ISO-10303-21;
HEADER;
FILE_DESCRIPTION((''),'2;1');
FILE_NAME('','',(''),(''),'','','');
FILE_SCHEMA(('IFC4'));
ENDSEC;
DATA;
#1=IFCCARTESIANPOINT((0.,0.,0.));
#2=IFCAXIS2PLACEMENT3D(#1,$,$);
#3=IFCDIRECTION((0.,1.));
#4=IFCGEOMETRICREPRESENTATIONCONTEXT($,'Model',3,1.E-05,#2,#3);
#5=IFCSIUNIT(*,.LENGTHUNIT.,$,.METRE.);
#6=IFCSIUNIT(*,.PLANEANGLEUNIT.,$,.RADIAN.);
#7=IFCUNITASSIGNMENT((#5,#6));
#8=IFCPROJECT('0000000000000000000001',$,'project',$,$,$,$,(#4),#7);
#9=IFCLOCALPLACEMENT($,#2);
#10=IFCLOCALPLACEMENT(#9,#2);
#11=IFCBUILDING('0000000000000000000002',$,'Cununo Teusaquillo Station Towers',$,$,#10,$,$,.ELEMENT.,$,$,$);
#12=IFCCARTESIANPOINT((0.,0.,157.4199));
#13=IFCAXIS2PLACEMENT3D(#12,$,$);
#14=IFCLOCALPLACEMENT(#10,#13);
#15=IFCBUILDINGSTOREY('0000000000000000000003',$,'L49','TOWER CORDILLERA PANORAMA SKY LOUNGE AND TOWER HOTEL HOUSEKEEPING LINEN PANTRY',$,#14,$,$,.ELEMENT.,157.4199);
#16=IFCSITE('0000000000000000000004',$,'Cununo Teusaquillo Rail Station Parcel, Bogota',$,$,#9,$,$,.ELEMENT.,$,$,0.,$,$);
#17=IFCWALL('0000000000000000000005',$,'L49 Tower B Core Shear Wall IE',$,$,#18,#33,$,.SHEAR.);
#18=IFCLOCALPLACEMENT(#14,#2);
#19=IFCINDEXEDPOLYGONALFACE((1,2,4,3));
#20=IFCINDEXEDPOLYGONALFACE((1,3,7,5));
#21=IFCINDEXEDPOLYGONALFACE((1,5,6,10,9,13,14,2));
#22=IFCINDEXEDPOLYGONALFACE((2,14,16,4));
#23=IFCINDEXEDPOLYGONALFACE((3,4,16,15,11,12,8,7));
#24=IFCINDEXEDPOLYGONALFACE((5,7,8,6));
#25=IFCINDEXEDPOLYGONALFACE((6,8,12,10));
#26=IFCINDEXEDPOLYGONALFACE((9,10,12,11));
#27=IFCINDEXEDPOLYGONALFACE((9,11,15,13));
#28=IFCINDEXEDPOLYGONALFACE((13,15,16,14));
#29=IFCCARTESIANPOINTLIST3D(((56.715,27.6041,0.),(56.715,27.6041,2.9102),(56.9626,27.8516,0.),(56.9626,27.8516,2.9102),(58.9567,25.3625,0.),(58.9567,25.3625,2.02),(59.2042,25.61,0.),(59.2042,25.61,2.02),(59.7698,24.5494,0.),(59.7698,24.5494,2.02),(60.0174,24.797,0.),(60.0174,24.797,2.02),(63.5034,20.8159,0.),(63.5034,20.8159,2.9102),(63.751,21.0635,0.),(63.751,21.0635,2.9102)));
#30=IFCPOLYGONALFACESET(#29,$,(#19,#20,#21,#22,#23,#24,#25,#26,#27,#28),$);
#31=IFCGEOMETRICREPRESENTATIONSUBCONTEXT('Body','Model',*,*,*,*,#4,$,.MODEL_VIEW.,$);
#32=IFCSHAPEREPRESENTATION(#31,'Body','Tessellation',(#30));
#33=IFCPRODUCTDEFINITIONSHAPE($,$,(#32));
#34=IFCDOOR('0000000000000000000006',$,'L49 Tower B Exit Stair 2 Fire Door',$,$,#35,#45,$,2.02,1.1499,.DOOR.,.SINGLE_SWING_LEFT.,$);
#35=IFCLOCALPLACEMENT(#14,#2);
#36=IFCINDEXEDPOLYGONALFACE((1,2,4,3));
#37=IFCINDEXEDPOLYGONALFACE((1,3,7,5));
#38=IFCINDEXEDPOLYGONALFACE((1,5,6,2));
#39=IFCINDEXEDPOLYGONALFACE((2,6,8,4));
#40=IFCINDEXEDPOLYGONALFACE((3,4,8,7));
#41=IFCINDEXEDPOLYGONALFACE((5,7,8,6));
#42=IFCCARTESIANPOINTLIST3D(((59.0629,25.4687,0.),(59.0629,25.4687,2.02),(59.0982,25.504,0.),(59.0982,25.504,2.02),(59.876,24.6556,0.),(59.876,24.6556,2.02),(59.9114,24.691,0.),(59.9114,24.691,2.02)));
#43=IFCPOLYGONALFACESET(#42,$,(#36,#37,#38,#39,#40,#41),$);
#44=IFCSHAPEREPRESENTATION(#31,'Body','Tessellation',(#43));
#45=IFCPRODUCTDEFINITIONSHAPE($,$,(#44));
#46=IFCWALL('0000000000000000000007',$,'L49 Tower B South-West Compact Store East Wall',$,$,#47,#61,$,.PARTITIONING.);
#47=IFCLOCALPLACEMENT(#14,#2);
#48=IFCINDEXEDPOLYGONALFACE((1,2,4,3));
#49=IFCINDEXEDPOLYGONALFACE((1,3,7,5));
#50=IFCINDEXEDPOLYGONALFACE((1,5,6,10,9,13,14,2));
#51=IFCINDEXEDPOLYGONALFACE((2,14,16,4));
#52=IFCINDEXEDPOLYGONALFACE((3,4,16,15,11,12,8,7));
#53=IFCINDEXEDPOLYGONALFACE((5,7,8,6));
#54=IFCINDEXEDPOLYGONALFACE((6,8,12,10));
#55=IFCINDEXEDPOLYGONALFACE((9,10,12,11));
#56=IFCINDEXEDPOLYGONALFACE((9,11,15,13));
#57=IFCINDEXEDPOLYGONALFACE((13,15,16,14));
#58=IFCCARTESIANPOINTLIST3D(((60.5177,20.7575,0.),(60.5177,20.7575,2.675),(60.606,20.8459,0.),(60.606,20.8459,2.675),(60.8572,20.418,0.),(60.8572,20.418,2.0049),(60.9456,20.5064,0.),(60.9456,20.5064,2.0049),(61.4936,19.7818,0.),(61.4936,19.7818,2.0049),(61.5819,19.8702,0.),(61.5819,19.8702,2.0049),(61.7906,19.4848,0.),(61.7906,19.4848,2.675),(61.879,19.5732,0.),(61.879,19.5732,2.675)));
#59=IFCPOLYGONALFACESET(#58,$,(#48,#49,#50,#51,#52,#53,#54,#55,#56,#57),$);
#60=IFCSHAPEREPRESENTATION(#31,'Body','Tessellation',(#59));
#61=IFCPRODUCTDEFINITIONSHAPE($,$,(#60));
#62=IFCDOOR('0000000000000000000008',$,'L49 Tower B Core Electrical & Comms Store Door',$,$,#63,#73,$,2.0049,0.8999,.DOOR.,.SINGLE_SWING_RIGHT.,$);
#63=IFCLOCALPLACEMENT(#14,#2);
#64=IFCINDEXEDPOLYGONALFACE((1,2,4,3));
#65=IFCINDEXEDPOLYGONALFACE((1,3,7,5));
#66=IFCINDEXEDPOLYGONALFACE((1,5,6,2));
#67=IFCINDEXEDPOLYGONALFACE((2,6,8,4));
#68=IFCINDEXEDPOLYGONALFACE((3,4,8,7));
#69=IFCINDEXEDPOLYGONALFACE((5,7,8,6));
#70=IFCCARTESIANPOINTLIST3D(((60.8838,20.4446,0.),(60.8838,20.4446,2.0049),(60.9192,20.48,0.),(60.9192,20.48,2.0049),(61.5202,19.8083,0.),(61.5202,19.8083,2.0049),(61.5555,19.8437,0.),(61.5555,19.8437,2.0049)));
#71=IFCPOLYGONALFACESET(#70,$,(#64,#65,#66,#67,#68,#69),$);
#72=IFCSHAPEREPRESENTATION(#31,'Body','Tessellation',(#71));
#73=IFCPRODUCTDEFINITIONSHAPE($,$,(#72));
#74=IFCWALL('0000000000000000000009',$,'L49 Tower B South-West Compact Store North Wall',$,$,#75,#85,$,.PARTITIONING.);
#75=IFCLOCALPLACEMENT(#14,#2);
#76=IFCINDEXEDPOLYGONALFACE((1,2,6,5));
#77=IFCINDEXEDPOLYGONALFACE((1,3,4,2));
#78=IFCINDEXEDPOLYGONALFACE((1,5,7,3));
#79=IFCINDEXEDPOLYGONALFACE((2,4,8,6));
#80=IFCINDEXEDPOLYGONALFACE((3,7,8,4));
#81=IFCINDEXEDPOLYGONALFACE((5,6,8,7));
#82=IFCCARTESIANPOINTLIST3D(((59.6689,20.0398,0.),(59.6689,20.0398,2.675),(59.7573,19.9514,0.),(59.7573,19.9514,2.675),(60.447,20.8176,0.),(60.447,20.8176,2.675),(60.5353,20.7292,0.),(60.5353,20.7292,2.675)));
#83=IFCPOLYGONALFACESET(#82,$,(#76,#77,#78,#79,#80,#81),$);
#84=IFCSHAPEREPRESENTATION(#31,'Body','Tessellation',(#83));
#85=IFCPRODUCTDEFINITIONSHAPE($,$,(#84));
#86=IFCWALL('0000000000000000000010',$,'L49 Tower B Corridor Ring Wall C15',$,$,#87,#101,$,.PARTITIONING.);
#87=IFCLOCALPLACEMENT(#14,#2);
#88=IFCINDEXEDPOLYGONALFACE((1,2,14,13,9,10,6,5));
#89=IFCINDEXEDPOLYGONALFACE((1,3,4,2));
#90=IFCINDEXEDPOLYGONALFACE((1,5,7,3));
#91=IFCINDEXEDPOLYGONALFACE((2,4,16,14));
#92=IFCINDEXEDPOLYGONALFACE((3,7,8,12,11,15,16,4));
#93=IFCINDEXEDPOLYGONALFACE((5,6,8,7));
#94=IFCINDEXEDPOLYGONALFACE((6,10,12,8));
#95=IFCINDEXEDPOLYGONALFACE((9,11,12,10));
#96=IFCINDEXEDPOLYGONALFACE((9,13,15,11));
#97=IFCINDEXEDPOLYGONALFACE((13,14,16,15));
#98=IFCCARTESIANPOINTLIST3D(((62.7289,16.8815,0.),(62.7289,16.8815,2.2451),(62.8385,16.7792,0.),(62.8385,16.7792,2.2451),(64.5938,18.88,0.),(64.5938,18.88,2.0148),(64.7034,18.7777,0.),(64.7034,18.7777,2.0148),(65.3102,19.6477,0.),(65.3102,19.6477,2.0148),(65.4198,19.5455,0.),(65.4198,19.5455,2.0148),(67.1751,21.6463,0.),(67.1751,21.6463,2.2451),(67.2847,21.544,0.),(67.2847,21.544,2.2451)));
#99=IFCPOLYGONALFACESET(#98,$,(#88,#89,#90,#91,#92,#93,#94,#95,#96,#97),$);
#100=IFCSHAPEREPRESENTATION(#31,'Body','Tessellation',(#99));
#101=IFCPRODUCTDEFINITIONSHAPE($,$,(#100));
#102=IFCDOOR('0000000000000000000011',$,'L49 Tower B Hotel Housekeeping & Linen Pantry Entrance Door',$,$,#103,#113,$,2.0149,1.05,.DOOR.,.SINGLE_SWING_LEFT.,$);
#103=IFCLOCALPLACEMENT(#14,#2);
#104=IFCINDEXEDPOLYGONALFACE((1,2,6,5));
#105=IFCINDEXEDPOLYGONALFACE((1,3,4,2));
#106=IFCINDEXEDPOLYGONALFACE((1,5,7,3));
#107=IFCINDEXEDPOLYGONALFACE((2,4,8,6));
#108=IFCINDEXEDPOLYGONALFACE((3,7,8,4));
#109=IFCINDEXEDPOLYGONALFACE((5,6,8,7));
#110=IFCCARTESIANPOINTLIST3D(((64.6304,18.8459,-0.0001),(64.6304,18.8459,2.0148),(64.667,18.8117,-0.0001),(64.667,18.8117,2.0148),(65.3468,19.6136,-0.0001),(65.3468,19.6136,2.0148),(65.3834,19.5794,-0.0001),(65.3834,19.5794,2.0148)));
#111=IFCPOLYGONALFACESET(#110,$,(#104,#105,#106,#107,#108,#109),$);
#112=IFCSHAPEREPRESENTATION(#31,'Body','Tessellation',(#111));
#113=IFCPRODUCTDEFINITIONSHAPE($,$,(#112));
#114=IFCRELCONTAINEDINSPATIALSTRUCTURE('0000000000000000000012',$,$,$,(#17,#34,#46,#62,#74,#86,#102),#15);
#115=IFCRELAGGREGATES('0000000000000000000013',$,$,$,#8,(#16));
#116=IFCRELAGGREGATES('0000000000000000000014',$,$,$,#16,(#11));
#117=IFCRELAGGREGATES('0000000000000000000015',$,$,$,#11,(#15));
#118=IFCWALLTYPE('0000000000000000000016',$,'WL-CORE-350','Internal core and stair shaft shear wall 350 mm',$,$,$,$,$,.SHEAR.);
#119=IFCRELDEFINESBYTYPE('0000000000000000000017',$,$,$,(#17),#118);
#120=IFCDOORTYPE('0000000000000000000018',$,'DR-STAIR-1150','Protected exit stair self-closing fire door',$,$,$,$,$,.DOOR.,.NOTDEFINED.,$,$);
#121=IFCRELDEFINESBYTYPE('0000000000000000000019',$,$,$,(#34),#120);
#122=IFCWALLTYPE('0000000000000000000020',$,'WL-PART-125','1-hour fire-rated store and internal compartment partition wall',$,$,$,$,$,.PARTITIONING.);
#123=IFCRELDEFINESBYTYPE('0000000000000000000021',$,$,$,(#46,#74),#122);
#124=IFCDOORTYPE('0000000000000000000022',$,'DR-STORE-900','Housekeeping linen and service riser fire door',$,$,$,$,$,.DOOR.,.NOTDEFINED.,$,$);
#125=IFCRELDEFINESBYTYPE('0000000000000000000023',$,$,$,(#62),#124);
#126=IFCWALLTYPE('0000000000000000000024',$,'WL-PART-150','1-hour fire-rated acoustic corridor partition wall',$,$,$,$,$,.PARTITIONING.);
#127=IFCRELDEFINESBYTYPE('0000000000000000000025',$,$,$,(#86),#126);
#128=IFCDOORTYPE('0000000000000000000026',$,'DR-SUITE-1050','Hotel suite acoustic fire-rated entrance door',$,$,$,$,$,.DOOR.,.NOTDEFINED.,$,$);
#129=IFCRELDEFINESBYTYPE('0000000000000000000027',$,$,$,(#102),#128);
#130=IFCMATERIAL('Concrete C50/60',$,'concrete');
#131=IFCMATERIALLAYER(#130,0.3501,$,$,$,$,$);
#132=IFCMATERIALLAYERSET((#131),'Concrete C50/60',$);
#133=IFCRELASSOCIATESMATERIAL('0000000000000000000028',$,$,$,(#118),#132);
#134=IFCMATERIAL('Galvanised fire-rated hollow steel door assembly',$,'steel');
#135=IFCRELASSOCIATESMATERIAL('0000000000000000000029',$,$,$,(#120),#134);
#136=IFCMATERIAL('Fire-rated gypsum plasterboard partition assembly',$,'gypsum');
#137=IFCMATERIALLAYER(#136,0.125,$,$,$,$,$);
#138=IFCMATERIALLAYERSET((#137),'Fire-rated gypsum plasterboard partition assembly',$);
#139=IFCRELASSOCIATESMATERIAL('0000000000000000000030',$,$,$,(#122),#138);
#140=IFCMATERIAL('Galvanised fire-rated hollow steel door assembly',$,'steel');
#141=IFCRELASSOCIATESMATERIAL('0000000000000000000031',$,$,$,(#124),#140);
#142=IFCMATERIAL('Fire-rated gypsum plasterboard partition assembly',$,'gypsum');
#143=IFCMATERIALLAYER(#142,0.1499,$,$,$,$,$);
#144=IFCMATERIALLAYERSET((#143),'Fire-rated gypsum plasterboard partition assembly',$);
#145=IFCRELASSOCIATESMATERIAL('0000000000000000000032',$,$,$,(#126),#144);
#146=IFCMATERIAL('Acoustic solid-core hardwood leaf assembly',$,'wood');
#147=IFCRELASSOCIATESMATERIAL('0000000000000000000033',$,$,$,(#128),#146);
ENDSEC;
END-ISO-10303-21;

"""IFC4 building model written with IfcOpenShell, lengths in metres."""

from ifc_helpers import new_model, si_unit, direction, frame, frame_2d, origin, place, context, subcontext, project, spatial, rectangle, extrude, source, transform, mapped, material, layer, layer_set, type_object, element, fill, save


model = new_model("IFC4")

# Units and contexts
model_context = context("Model", 3, precision=1e-05, world=origin(), true_north=direction((0.0, 1.0)))
body_context = subcontext(model_context, "Body", "Model", "MODEL_VIEW")
ifc_project = project(units=[si_unit("LENGTHUNIT", "METRE"), si_unit("PLANEANGLEUNIT", "RADIAN")], contexts=[model_context])

# Site, building, storey
site_placement = place(None, origin())
site = spatial("IfcSite", under=ifc_project, at=site_placement, Name="Cununo Teusaquillo Rail Station Parcel, Bogota", CompositionType="ELEMENT", RefElevation=0.0)
building_placement = place(site_placement, origin())
building = spatial("IfcBuilding", under=site, at=building_placement, Name="Cununo Teusaquillo Station Towers", CompositionType="ELEMENT")
storey_placement = place(building_placement, frame((0.0, 0.0, 157.4199)))
storey = spatial("IfcBuildingStorey", under=building, at=storey_placement, Name="L49", Description="TOWER CORDILLERA PANORAMA SKY LOUNGE AND TOWER HOTEL HOUSEKEEPING LINEN PANTRY", CompositionType="ELEMENT", Elevation=157.4199)

# Shared definitions
ifc_material_1 = material(Name="Concrete C50/60", Category="concrete")
ifc_layer_1 = layer(ifc_material_1, 0.3501)
ifc_layer_set_1 = layer_set([ifc_layer_1], Name="Concrete C50/60")
wall_type_1 = type_object("IfcWallType", Name="WL-CORE-350", Description="Internal core and stair shaft shear wall 350 mm", PredefinedType="SHEAR", material=ifc_layer_set_1)
shared_shape_1 = source(origin(), body_context, "Body", "SweptSolid", [
    extrude(rectangle(XDim=1.1499, YDim=2.02, at=frame_2d((0.575, 1.01))), frame((0.0, 0.1851, 0.0), z_axis=(0.0, -1.0, 0.0), x_axis=(1.0, 0.0, 0.0)), (0.0, 0.0, 1.0), 0.3701),
])
ifc_material_2 = material(Name="Galvanised fire-rated hollow steel door assembly", Category="steel")
door_type_1 = type_object("IfcDoorType", Name="DR-STAIR-1150", Description="Protected exit stair self-closing fire door", OperationType="NOTDEFINED", PredefinedType="DOOR", material=ifc_material_2)
shared_shape_2 = source(origin(), body_context, "Body", "SweptSolid", [
    extrude(rectangle(XDim=1.1499, YDim=2.02, at=frame_2d((0.575, 1.01))), frame((0.0, 0.0249, 0.0), z_axis=(0.0, -1.0, 0.0), x_axis=(1.0, 0.0, 0.0)), (0.0, 0.0, 1.0), 0.05),
])

# Walls, openings, doors
wall_1_placement = place(storey_placement, frame((63.6272, 20.9397, 0.0), z_axis=(0.0, 0.0, 1.0), x_axis=(-0.707119, 0.707094, 0.0)))
wall_1 = element("IfcWall", 1, at=wall_1_placement, inside=storey, type_object=wall_type_1, Name="L49 Tower B Core Shear Wall IE", PredefinedType="SHEAR", context=body_context, shape_type="SweptSolid", body=[
    extrude(rectangle(XDim=9.6001, YDim=0.3501, at=frame_2d((4.8, 0.0))), origin(), (0.0, 0.0, 1.0), 2.9102),
])
opening_1_placement = place(wall_1_placement, frame((5.28, 0.0, 0.0)))
opening_1 = element("IfcOpeningElement", 2, at=opening_1_placement, cuts=wall_1, PredefinedType="OPENING", context=body_context, shape_type="MappedRepresentation", body=[
    mapped(shared_shape_1, transform((0.0, 0.0, 0.0), x_axis=(1.0, 0.0, 0.0), y_axis=(0.0, 1.0, 0.0), z_axis=(0.0, 0.0, 1.0), scale=1.0)),
])
door_1_placement = place(opening_1_placement, origin())
door_1 = element("IfcDoor", 3, at=door_1_placement, inside=storey, type_object=door_type_1, Name="L49 Tower B Exit Stair 2 Fire Door", OperationType="SINGLE_SWING_LEFT", OverallHeight=2.02, OverallWidth=1.1499, PredefinedType="DOOR", context=body_context, shape_type="MappedRepresentation", body=[
    mapped(shared_shape_2, transform((0.0, 0.0, 0.0), x_axis=(1.0, 0.0, 0.0), y_axis=(0.0, 1.0, 0.0), z_axis=(0.0, 0.0, 1.0), scale=1.0)),
])
fill(opening_1, door_1)
ifc_material_3 = material(Name="Fire-rated gypsum plasterboard partition assembly", Category="gypsum")
ifc_layer_2 = layer(ifc_material_3, 0.125)
ifc_layer_set_2 = layer_set([ifc_layer_2], Name="Fire-rated gypsum plasterboard partition assembly")
wall_type_2 = type_object("IfcWallType", Name="WL-PART-125", Description="1-hour fire-rated store and internal compartment partition wall", PredefinedType="PARTITIONING", material=ifc_layer_set_2)
wall_2_placement = place(storey_placement, frame((61.8347, 19.5291, 0.0), z_axis=(0.0, 0.0, 1.0), x_axis=(-0.707175, 0.707039, 0.0)))
wall_2 = element("IfcWall", 4, at=wall_2_placement, inside=storey, type_object=wall_type_2, Name="L49 Tower B South-West Compact Store East Wall", PredefinedType="PARTITIONING", context=body_context, shape_type="SweptSolid", body=[
    extrude(rectangle(XDim=1.8, YDim=0.125, at=frame_2d((0.8999, 0.0))), origin(), (0.0, 0.0, 1.0), 2.675),
])
shared_shape_3 = source(origin(), body_context, "Body", "SweptSolid", [
    extrude(rectangle(XDim=0.8999, YDim=2.0049, at=frame_2d((0.45, 1.0024))), frame((0.0, 0.0725, 0.0), z_axis=(0.0, -1.0, 0.0), x_axis=(1.0, 0.0, 0.0)), (0.0, 0.0, 1.0), 0.145),
])
opening_2_placement = place(wall_2_placement, frame((0.4199, 0.0, 0.0)))
opening_2 = element("IfcOpeningElement", 5, at=opening_2_placement, cuts=wall_2, PredefinedType="OPENING", context=body_context, shape_type="MappedRepresentation", body=[
    mapped(shared_shape_3, transform((0.0, 0.0, 0.0), x_axis=(1.0, 0.0, 0.0), y_axis=(0.0, 1.0, 0.0), z_axis=(0.0, 0.0, 1.0), scale=1.0)),
])
ifc_material_4 = material(Name="Galvanised fire-rated hollow steel door assembly", Category="steel")
door_type_2 = type_object("IfcDoorType", Name="DR-STORE-900", Description="Housekeeping linen and service riser fire door", OperationType="NOTDEFINED", PredefinedType="DOOR", material=ifc_material_4)
shared_shape_4 = source(origin(), body_context, "Body", "SweptSolid", [
    extrude(rectangle(XDim=0.8999, YDim=2.0049, at=frame_2d((0.45, 1.0024))), frame((0.0, 0.0249, 0.0), z_axis=(0.0, -1.0, 0.0), x_axis=(1.0, 0.0, 0.0)), (0.0, 0.0, 1.0), 0.05),
])
door_2_placement = place(opening_2_placement, origin())
door_2 = element("IfcDoor", 6, at=door_2_placement, inside=storey, type_object=door_type_2, Name="L49 Tower B Core Electrical & Comms Store Door", OperationType="SINGLE_SWING_RIGHT", OverallHeight=2.0049, OverallWidth=0.8999, PredefinedType="DOOR", context=body_context, shape_type="MappedRepresentation", body=[
    mapped(shared_shape_4, transform((0.0, 0.0, 0.0), x_axis=(1.0, 0.0, 0.0), y_axis=(0.0, 1.0, 0.0), z_axis=(0.0, 0.0, 1.0), scale=1.0)),
])
fill(opening_2, door_2)

# Wall
wall_3_placement = place(storey_placement, frame((59.7131, 19.9956, 0.0), z_axis=(0.0, 0.0, 1.0), x_axis=(0.707218, 0.706996, 0.0)))
element("IfcWall", 7, at=wall_3_placement, inside=storey, type_object=wall_type_2, Name="L49 Tower B South-West Compact Store North Wall", PredefinedType="PARTITIONING", context=body_context, shape_type="SweptSolid", body=[
    extrude(rectangle(XDim=1.1001, YDim=0.125, at=frame_2d((0.55, 0.0))), origin(), (0.0, 0.0, 1.0), 2.675),
])

# Wall, opening, door
ifc_material_5 = material(Name="Fire-rated gypsum plasterboard partition assembly", Category="gypsum")
ifc_layer_3 = layer(ifc_material_5, 0.1499)
ifc_layer_set_3 = layer_set([ifc_layer_3], Name="Fire-rated gypsum plasterboard partition assembly")
wall_type_3 = type_object("IfcWallType", Name="WL-PART-150", Description="1-hour fire-rated acoustic corridor partition wall", PredefinedType="PARTITIONING", material=ifc_layer_set_3)
wall_4_placement = place(storey_placement, frame((62.7837, 16.8303, 0.0), z_axis=(0.0, 0.0, 1.0), x_axis=(0.682241, 0.731128, 0.0)))
wall_4 = element("IfcWall", 8, at=wall_4_placement, inside=storey, type_object=wall_type_3, Name="L49 Tower B Corridor Ring Wall C15", PredefinedType="PARTITIONING", context=body_context, shape_type="SweptSolid", body=[
    extrude(rectangle(XDim=6.5171, YDim=0.1499, at=frame_2d((3.2585, 0.0))), origin(), (0.0, 0.0, 1.0), 2.2451),
])
shared_shape_5 = source(origin(), body_context, "Body", "SweptSolid", [
    extrude(rectangle(XDim=1.05, YDim=2.0149, at=frame_2d((0.5249, 1.0073))), frame((0.0, 0.085, 0.0), z_axis=(0.0, -1.0, 0.0), x_axis=(1.0, 0.0, 0.0)), (0.0, 0.0, 1.0), 0.1699),
])
opening_3_placement = place(wall_4_placement, frame((2.7336, 0.0, 0.0)))
opening_3 = element("IfcOpeningElement", 9, at=opening_3_placement, cuts=wall_4, PredefinedType="OPENING", context=body_context, shape_type="MappedRepresentation", body=[
    mapped(shared_shape_5, transform((0.0, 0.0, 0.0), x_axis=(1.0, 0.0, 0.0), y_axis=(0.0, 1.0, 0.0), z_axis=(0.0, 0.0, 1.0), scale=1.0)),
])
ifc_material_6 = material(Name="Acoustic solid-core hardwood leaf assembly", Category="wood")
door_type_3 = type_object("IfcDoorType", Name="DR-SUITE-1050", Description="Hotel suite acoustic fire-rated entrance door", OperationType="NOTDEFINED", PredefinedType="DOOR", material=ifc_material_6)
shared_shape_6 = source(origin(), body_context, "Body", "SweptSolid", [
    extrude(rectangle(XDim=1.05, YDim=2.0149, at=frame_2d((0.5249, 1.0073))), frame((0.0, 0.0249, 0.0), z_axis=(0.0, -1.0, 0.0), x_axis=(1.0, 0.0, 0.0)), (0.0, 0.0, 1.0), 0.05),
])
door_3_placement = place(opening_3_placement, origin())
door_3 = element("IfcDoor", 10, at=door_3_placement, inside=storey, type_object=door_type_3, Name="L49 Tower B Hotel Housekeeping & Linen Pantry Entrance Door", OperationType="SINGLE_SWING_LEFT", OverallHeight=2.0149, OverallWidth=1.05, PredefinedType="DOOR", context=body_context, shape_type="MappedRepresentation", body=[
    mapped(shared_shape_6, transform((0.0, 0.0, 0.0), x_axis=(1.0, 0.0, 0.0), y_axis=(0.0, 1.0, 0.0), z_axis=(0.0, 0.0, 1.0), scale=1.0)),
])
fill(opening_3, door_3)

save(model, "model.ifc")
